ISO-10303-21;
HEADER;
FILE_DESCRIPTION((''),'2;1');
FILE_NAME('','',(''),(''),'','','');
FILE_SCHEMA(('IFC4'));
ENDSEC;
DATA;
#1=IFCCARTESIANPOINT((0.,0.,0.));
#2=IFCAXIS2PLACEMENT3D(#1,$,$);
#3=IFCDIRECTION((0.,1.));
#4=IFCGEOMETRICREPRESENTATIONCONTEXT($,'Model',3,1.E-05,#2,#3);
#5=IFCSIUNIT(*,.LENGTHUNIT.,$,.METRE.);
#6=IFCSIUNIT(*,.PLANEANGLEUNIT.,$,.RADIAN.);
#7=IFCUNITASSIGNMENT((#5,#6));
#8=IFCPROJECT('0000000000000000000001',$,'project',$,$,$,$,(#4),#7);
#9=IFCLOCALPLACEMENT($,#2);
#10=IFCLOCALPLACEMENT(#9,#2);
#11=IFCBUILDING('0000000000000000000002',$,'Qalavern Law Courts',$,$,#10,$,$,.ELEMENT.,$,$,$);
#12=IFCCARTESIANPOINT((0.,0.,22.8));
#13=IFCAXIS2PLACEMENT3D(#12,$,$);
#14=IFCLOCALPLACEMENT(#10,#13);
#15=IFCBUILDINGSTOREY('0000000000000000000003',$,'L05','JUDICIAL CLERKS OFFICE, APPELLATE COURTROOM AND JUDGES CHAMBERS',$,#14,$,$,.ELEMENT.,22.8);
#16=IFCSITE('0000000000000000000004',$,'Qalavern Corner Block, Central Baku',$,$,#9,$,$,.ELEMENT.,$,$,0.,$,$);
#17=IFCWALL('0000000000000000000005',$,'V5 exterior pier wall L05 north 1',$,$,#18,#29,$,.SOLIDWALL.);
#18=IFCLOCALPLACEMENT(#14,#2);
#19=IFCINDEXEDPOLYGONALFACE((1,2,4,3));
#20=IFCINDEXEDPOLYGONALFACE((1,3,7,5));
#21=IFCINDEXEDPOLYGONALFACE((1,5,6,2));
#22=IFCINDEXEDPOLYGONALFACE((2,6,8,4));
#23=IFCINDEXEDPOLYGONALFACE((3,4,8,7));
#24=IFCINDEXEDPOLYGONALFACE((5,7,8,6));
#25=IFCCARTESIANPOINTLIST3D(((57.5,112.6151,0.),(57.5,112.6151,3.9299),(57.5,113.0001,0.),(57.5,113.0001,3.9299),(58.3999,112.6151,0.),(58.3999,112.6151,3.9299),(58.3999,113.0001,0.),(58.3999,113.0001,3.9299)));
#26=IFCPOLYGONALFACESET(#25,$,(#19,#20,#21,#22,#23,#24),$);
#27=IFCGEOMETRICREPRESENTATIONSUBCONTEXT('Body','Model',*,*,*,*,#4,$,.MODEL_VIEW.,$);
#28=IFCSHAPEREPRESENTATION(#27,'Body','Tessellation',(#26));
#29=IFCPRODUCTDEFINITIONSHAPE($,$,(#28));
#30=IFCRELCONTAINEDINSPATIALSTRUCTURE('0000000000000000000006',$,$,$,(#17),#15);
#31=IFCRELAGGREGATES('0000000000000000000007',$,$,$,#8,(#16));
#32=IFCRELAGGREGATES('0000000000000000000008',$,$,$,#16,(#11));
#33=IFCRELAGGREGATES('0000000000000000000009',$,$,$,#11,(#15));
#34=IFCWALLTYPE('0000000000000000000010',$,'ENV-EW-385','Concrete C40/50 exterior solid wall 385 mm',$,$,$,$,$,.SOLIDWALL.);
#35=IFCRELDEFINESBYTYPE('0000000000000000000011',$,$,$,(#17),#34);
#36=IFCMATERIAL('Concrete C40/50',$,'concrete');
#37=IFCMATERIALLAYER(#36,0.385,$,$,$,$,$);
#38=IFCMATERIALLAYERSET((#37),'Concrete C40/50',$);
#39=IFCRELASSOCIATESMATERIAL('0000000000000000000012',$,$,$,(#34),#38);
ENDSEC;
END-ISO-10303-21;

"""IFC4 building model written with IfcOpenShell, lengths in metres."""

from ifc_helpers import new_model, si_unit, direction, frame, frame_2d, origin, place, context, subcontext, project, spatial, rectangle, extrude, material, layer, layer_set, type_object, element, save


model = new_model("IFC4")

# Units and contexts
model_context = context("Model", 3, precision=1e-05, world=origin(), true_north=direction((0.0, 1.0)))
body_context = subcontext(model_context, "Body", "Model", "MODEL_VIEW")
ifc_project = project(units=[si_unit("LENGTHUNIT", "METRE"), si_unit("PLANEANGLEUNIT", "RADIAN")], contexts=[model_context])

# Site, building, storey
site_placement = place(None, origin())
site = spatial("IfcSite", under=ifc_project, at=site_placement, Name="Qalavern Corner Block, Central Baku", CompositionType="ELEMENT", RefElevation=0.0)
building_placement = place(site_placement, origin())
building = spatial("IfcBuilding", under=site, at=building_placement, Name="Qalavern Law Courts", CompositionType="ELEMENT")
storey_placement = place(building_placement, frame((0.0, 0.0, 22.8)))
storey = spatial("IfcBuildingStorey", under=building, at=storey_placement, Name="L05", Description="JUDICIAL CLERKS OFFICE, APPELLATE COURTROOM AND JUDGES CHAMBERS", CompositionType="ELEMENT", Elevation=22.8)

# Wall
ifc_material_1 = material(Name="Concrete C40/50", Category="concrete")
ifc_layer_1 = layer(ifc_material_1, 0.385)
ifc_layer_set_1 = layer_set([ifc_layer_1], Name="Concrete C40/50")
wall_type = type_object("IfcWallType", Name="ENV-EW-385", Description="Concrete C40/50 exterior solid wall 385 mm", PredefinedType="SOLIDWALL", material=ifc_layer_set_1)
wall_placement = place(storey_placement, frame((58.3999, 112.8076, 0.0), z_axis=(0.0, 0.0, 1.0), x_axis=(-1.0, 0.0, 0.0)))
element("IfcWall", 1, at=wall_placement, inside=storey, type_object=wall_type, Name="V5 exterior pier wall L05 north 1", PredefinedType="SOLIDWALL", context=body_context, shape_type="SweptSolid", body=[
    extrude(rectangle(XDim=0.8999, YDim=0.385, at=frame_2d((0.45, 0.0))), origin(), (0.0, 0.0, 1.0), 3.9299),
])

save(model, "model.ifc")
